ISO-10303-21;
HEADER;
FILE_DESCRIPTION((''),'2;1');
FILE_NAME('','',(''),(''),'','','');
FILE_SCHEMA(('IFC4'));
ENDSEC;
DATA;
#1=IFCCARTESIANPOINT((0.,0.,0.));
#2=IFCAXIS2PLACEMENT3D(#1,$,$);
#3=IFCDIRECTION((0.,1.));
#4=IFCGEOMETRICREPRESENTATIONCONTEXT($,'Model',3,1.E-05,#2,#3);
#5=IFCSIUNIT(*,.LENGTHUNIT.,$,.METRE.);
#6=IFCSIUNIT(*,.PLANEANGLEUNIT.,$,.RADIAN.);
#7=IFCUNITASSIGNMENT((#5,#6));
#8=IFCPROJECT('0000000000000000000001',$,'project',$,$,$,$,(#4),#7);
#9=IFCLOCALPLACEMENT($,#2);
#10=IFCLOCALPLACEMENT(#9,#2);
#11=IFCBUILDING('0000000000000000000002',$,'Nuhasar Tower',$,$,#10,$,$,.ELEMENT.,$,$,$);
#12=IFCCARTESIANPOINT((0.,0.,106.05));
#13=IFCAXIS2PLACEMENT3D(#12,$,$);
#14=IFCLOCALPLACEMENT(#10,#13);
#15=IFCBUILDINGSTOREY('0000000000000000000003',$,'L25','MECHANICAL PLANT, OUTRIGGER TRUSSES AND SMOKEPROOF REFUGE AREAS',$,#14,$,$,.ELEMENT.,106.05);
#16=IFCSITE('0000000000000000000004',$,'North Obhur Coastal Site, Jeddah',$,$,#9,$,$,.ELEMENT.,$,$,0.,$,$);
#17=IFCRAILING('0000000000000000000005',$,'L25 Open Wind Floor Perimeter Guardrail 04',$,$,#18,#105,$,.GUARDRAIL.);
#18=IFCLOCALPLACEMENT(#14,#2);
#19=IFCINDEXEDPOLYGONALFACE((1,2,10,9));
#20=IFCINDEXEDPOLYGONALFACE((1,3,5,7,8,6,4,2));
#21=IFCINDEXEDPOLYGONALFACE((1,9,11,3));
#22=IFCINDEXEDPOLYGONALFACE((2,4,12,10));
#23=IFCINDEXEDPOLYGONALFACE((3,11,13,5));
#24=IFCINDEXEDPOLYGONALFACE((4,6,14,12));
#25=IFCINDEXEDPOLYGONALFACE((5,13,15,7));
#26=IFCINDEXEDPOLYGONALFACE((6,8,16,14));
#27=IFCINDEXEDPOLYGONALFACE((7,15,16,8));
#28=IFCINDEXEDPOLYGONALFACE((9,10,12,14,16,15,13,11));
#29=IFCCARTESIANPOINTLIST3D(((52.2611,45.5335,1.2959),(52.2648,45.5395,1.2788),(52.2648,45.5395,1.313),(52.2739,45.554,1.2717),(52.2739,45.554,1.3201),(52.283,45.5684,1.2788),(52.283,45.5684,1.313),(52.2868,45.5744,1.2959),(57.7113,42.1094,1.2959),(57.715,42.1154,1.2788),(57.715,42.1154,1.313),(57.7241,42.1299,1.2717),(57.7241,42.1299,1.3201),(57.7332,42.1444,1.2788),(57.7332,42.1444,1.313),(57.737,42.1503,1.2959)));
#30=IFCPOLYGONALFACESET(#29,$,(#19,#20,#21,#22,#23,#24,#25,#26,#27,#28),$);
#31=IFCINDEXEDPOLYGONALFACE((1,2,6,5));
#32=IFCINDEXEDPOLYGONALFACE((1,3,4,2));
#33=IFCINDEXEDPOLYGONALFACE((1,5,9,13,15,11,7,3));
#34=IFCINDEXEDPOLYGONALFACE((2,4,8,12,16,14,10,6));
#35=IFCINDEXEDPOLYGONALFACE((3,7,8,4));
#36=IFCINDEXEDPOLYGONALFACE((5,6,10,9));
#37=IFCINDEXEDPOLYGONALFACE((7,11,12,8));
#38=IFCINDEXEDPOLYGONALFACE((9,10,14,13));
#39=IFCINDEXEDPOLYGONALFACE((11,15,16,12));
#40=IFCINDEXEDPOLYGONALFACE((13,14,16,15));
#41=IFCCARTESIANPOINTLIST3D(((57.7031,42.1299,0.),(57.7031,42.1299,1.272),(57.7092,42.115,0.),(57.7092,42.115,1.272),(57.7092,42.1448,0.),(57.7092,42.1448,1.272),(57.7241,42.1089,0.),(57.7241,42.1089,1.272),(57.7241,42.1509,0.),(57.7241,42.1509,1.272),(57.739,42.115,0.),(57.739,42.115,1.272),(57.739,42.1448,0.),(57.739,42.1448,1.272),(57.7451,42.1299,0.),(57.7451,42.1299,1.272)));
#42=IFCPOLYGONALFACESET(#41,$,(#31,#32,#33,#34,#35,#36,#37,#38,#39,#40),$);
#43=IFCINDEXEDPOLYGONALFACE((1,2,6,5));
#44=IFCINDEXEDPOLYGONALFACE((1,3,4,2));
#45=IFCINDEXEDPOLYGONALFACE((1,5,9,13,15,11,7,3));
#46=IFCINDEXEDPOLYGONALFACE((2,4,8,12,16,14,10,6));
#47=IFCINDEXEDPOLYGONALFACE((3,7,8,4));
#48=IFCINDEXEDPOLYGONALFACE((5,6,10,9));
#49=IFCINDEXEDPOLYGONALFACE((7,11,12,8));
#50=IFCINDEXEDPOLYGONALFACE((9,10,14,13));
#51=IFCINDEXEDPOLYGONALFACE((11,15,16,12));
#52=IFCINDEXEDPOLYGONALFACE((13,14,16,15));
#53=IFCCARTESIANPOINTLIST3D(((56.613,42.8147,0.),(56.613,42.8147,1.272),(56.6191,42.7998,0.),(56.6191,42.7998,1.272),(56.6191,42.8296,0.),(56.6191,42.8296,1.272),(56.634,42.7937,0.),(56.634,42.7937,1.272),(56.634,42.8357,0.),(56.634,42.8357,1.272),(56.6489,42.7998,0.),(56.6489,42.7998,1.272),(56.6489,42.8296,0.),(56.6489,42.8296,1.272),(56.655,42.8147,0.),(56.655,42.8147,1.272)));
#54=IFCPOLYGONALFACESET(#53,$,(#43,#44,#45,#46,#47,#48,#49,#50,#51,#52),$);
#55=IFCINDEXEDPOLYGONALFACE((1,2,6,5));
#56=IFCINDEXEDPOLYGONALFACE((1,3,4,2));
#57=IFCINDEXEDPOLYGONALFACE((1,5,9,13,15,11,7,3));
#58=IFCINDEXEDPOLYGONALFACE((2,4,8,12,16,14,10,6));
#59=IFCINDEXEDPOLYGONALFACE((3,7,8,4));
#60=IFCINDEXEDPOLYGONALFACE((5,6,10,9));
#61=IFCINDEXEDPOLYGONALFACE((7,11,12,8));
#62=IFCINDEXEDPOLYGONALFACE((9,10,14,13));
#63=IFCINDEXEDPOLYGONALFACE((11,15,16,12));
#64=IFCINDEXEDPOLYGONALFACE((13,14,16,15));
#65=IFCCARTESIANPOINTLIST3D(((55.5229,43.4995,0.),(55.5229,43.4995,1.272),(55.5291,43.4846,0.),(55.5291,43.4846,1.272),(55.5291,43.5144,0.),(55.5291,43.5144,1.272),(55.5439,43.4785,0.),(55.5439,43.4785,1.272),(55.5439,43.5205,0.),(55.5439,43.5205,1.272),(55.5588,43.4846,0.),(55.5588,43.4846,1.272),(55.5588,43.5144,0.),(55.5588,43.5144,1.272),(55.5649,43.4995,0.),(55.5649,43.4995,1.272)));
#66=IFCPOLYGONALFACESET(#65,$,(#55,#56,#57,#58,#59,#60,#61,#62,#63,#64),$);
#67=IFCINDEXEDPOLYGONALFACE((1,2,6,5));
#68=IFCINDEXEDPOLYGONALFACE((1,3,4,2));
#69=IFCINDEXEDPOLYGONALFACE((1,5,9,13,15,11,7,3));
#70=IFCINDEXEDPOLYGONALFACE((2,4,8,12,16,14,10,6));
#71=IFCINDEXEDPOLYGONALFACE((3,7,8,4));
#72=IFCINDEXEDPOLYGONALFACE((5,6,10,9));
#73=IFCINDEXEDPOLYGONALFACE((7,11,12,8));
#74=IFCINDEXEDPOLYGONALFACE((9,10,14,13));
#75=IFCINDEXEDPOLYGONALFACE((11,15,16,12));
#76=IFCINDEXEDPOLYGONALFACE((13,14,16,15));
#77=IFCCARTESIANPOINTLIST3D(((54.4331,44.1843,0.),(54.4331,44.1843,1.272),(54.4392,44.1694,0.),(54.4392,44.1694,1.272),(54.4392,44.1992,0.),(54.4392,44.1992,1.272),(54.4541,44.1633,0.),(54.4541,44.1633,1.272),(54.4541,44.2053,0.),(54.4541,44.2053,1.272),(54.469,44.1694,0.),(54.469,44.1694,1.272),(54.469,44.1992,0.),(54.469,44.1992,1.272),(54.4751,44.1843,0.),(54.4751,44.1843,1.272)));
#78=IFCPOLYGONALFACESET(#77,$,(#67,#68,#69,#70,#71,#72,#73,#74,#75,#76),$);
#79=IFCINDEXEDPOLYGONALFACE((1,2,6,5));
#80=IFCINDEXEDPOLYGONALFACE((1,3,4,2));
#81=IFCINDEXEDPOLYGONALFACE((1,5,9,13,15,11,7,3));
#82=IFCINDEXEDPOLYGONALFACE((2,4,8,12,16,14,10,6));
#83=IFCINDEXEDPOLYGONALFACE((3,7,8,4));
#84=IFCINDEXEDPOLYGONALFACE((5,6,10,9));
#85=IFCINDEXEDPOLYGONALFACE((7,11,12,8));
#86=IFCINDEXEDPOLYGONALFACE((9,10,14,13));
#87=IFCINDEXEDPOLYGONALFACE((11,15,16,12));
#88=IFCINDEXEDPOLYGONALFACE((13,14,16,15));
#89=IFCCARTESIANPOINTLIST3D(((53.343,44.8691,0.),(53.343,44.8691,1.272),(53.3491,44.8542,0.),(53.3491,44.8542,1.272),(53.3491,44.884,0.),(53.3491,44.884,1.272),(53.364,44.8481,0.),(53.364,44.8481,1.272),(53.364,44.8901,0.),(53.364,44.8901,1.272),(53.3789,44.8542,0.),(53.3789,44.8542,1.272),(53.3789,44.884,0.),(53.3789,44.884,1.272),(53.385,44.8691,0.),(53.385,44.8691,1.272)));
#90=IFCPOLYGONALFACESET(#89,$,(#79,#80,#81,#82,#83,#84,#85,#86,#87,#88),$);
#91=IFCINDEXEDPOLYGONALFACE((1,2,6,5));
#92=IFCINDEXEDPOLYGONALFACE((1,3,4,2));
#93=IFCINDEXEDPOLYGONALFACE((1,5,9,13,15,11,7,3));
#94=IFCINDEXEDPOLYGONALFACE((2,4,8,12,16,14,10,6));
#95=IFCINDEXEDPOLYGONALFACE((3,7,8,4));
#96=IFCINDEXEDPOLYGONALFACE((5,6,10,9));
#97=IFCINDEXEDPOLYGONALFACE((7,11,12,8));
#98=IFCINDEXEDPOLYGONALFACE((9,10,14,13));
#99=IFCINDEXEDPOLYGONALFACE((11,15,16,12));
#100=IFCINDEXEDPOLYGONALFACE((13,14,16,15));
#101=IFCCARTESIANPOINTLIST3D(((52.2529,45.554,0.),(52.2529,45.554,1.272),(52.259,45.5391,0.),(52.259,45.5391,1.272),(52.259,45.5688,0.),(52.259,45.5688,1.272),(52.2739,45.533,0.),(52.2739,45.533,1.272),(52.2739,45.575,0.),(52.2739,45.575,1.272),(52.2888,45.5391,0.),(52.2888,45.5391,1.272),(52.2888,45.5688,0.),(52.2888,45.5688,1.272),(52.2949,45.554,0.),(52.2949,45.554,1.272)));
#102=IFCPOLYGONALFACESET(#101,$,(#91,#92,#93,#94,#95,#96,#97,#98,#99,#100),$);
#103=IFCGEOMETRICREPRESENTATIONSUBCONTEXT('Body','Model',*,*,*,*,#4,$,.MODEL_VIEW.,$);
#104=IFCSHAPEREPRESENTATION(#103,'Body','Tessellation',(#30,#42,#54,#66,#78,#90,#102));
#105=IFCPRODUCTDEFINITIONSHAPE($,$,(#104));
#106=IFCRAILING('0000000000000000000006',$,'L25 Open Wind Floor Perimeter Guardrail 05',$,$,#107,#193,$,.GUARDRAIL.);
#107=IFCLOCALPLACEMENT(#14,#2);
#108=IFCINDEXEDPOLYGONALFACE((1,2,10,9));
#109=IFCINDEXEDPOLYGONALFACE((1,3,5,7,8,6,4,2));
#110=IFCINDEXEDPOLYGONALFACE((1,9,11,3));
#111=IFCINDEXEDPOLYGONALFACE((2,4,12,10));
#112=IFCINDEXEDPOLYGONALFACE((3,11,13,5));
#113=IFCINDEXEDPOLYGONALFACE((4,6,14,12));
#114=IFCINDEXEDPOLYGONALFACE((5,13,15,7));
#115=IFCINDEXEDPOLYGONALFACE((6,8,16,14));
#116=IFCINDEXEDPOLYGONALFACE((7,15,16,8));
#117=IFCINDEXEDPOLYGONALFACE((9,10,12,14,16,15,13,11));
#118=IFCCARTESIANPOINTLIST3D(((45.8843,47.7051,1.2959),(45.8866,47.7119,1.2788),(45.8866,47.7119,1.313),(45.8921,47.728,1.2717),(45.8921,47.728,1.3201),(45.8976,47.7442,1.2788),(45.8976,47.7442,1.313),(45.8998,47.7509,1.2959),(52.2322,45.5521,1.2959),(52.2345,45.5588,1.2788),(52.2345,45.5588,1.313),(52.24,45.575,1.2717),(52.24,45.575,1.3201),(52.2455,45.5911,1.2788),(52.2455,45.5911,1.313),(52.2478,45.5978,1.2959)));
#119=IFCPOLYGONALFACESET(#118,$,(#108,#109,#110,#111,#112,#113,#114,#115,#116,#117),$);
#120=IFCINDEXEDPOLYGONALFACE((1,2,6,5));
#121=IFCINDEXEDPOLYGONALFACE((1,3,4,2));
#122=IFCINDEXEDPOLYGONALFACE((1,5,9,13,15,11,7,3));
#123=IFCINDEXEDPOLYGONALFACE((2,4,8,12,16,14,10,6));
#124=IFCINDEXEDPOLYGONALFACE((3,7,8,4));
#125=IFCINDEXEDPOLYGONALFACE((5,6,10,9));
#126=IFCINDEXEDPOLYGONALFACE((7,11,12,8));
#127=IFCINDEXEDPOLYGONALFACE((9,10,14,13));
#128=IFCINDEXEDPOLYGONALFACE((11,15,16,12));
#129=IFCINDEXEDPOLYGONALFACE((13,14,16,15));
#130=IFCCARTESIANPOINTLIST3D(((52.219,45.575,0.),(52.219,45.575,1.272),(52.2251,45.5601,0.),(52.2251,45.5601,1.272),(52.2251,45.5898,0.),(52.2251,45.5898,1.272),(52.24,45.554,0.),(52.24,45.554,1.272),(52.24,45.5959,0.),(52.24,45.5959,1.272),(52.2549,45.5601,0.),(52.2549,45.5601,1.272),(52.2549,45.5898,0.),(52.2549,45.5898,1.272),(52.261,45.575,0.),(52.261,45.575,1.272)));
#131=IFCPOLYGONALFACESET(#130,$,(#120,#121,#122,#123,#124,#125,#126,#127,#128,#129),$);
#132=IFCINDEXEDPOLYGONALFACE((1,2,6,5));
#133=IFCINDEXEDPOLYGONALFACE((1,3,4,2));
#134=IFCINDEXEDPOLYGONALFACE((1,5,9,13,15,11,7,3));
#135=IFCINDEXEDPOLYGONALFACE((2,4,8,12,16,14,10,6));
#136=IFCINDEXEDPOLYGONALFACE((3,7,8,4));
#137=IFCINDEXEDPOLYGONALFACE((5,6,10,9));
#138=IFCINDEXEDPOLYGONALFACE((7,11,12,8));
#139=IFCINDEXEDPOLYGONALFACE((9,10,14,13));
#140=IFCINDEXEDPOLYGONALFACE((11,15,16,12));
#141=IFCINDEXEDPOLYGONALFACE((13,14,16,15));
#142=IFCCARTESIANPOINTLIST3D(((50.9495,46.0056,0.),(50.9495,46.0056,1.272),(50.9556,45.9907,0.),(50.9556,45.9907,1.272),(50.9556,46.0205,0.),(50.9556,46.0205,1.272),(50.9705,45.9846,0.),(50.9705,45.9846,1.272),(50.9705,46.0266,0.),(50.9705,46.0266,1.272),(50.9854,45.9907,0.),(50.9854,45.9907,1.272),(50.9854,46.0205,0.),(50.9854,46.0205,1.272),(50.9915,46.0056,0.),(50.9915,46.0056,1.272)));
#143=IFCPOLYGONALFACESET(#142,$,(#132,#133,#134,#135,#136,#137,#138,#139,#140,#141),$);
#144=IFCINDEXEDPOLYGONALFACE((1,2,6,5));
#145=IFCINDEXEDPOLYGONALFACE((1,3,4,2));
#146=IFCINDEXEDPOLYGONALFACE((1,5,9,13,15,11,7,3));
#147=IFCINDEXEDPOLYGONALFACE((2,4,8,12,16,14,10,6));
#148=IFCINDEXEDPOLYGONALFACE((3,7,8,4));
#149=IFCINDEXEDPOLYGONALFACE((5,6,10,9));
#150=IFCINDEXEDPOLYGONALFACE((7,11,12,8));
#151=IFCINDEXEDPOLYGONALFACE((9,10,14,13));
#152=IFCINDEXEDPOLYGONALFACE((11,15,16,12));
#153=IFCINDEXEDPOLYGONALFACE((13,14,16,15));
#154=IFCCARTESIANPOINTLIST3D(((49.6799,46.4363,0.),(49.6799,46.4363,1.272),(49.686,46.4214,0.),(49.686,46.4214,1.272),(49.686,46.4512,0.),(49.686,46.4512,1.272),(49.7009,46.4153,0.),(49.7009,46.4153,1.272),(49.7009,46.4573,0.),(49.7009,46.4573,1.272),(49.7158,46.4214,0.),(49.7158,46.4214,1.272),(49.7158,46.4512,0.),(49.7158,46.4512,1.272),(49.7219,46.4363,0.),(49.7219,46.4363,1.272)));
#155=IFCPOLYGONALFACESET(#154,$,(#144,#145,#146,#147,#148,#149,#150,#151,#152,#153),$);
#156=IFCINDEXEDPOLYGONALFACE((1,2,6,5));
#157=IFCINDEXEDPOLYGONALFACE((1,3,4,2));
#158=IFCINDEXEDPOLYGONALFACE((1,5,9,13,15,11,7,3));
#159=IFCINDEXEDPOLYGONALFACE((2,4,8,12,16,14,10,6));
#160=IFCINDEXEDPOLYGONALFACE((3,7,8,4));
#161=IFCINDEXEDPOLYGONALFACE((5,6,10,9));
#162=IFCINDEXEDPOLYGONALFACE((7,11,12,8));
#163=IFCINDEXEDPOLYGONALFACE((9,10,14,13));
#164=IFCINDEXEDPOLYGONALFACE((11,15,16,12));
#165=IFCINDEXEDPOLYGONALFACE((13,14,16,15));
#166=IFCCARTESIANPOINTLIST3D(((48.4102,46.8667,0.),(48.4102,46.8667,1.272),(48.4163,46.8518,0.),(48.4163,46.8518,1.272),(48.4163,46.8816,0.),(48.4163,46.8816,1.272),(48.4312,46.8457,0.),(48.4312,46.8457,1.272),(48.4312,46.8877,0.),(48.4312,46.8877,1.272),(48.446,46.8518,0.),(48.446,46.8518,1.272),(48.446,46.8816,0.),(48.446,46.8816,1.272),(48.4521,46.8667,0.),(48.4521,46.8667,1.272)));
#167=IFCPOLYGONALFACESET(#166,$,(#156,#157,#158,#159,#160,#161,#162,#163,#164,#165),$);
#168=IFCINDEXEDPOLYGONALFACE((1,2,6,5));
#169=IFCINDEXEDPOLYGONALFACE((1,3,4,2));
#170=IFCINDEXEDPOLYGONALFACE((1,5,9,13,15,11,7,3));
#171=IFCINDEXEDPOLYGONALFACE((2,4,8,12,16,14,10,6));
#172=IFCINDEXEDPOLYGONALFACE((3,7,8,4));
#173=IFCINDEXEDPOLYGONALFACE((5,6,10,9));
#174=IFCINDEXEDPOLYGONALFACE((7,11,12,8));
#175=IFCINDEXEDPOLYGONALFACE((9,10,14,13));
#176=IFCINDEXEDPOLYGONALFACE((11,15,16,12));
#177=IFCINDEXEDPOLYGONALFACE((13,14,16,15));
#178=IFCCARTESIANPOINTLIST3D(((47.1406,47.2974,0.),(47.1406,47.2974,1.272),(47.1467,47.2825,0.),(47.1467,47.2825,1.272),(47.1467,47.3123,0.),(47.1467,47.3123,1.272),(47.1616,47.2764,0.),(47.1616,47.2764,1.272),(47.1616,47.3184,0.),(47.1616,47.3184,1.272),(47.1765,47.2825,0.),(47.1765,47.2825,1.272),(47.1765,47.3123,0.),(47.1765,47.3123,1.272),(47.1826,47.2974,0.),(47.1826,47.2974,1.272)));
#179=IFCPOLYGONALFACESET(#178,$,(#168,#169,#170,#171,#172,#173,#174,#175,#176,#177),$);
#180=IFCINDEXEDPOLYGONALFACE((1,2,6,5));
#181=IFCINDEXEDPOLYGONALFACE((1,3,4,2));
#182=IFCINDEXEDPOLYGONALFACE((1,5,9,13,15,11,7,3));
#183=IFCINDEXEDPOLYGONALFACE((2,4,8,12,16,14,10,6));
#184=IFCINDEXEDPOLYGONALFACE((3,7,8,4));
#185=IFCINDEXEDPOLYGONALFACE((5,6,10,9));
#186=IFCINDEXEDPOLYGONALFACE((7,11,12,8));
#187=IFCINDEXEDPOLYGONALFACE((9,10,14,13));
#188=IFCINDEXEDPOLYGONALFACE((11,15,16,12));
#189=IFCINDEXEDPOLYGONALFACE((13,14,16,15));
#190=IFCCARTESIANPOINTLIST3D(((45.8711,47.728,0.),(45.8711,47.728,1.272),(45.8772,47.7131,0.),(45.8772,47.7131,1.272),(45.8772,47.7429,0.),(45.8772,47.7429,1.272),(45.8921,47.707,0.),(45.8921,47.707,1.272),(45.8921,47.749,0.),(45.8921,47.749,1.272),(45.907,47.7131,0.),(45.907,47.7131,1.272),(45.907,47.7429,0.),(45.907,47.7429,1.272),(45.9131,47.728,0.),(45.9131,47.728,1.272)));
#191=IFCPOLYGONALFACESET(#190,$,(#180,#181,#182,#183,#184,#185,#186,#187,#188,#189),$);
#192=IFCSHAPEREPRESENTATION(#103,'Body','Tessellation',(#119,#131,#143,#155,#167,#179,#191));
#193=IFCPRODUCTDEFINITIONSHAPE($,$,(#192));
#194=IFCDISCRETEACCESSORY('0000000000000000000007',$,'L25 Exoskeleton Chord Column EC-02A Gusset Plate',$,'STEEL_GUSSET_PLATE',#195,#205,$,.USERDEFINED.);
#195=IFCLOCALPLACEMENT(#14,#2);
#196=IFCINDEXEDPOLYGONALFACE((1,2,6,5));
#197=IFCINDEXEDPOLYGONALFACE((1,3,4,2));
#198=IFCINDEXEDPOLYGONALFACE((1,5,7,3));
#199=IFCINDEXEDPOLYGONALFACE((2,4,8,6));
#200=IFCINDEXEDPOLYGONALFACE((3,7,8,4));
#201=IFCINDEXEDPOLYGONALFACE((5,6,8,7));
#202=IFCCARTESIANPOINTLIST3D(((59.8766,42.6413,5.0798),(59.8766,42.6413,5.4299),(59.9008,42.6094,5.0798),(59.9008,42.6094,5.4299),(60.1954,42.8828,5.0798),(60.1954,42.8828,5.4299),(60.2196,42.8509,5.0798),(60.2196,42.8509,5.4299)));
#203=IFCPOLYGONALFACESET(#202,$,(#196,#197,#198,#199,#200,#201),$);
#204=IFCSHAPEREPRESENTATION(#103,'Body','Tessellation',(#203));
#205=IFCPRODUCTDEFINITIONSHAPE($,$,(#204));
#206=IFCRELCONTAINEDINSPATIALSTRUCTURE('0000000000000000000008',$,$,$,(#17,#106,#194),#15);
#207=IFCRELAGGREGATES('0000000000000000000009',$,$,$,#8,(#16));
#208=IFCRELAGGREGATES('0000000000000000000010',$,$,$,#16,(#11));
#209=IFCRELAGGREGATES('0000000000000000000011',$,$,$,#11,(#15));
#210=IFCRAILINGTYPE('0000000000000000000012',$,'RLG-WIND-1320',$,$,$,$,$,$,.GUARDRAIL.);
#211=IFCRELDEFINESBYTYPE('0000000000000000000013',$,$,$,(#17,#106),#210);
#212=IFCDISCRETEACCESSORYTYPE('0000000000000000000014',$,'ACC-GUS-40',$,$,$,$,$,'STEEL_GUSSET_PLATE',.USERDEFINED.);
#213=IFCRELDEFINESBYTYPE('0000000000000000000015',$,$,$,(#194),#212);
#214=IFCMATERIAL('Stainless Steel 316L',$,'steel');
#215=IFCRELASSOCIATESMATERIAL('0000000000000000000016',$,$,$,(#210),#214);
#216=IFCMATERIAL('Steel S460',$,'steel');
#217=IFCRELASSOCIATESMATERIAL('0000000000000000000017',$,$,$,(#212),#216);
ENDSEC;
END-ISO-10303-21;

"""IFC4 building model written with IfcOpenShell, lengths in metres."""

from ifc_helpers import new_model, si_unit, direction, frame, origin, origin_2d, place, context, subcontext, project, spatial, polyline, rectangle, outline, extrude, material, type_object, element, save


model = new_model("IFC4")

# Units and contexts
model_context = context("Model", 3, precision=1e-05, world=origin(), true_north=direction((0.0, 1.0)))
body_context = subcontext(model_context, "Body", "Model", "MODEL_VIEW")
ifc_project = project(units=[si_unit("LENGTHUNIT", "METRE"), si_unit("PLANEANGLEUNIT", "RADIAN")], contexts=[model_context])

# Site, building, storey
site_placement = place(None, origin())
site = spatial("IfcSite", under=ifc_project, at=site_placement, Name="North Obhur Coastal Site, Jeddah", CompositionType="ELEMENT", RefElevation=0.0)
building_placement = place(site_placement, origin())
building = spatial("IfcBuilding", under=site, at=building_placement, Name="Nuhasar Tower", CompositionType="ELEMENT")
storey_placement = place(building_placement, frame((0.0, 0.0, 106.05)))
storey = spatial("IfcBuildingStorey", under=building, at=storey_placement, Name="L25", Description="MECHANICAL PLANT, OUTRIGGER TRUSSES AND SMOKEPROOF REFUGE AREAS", CompositionType="ELEMENT", Elevation=106.05)

# Shared definitions
ifc_material_1 = material(Name="Steel S460", Category="steel")

# Railings
ifc_material_2 = material(Name="Stainless Steel 316L", Category="steel")
railing_type = type_object("IfcRailingType", Name="RLG-WIND-1320", PredefinedType="GUARDRAIL", material=ifc_material_2)
railing_1_placement = place(storey_placement, frame((57.7241, 42.1299, 0.0)))
element("IfcRailing", 1, at=railing_1_placement, inside=storey, type_object=railing_type, Name="L25 Open Wind Floor Perimeter Guardrail 04", PredefinedType="GUARDRAIL", context=body_context, shape_type="SweptSolid", body=[
    extrude(outline(polyline([(0.0242, 0.0), (0.0171, 0.0171), (0.0, 0.0242), (-0.0171, 0.0171), (-0.0242, 0.0), (-0.0171, -0.0171), (0.0, -0.0242), (0.0171, -0.0171), (0.0242, 0.0)])), frame((0.0, 0.0, 1.2959), z_axis=(-0.84676, 0.531975, 0.0), x_axis=(-0.531975, -0.84676, 0.0)), (0.0, 0.0, 1.0), 6.4365),
    extrude(outline(polyline([(0.021, 0.0), (0.0149, 0.0149), (0.0, 0.021), (-0.0149, 0.0149), (-0.021, 0.0), (-0.0149, -0.0149), (0.0, -0.021), (0.0149, -0.0149), (0.021, 0.0)])), origin(), (0.0, 0.0, 1.0), 1.272),
    extrude(outline(polyline([(0.021, 0.0), (0.0149, 0.0149), (0.0, 0.021), (-0.0149, 0.0149), (-0.021, 0.0), (-0.0149, -0.0149), (0.0, -0.021), (0.0149, -0.0149), (0.021, 0.0)])), frame((-1.0901, 0.6848, 0.0)), (0.0, 0.0, 1.0), 1.272),
    extrude(outline(polyline([(0.021, 0.0), (0.0149, 0.0149), (0.0, 0.021), (-0.0149, 0.0149), (-0.021, 0.0), (-0.0149, -0.0149), (0.0, -0.021), (0.0149, -0.0149), (0.021, 0.0)])), frame((-2.1802, 1.3696, 0.0)), (0.0, 0.0, 1.0), 1.272),
    extrude(outline(polyline([(0.021, 0.0), (0.0149, 0.0149), (0.0, 0.021), (-0.0149, 0.0149), (-0.021, 0.0), (-0.0149, -0.0149), (0.0, -0.021), (0.0149, -0.0149), (0.021, 0.0)])), frame((-3.27, 2.0544, 0.0)), (0.0, 0.0, 1.0), 1.272),
    extrude(outline(polyline([(0.021, 0.0), (0.0149, 0.0149), (0.0, 0.021), (-0.0149, 0.0149), (-0.021, 0.0), (-0.0149, -0.0149), (0.0, -0.021), (0.0149, -0.0149), (0.021, 0.0)])), frame((-4.3601, 2.7393, 0.0)), (0.0, 0.0, 1.0), 1.272),
    extrude(outline(polyline([(0.021, 0.0), (0.0149, 0.0149), (0.0, 0.021), (-0.0149, 0.0149), (-0.021, 0.0), (-0.0149, -0.0149), (0.0, -0.021), (0.0149, -0.0149), (0.021, 0.0)])), frame((-5.4502, 3.4241, 0.0)), (0.0, 0.0, 1.0), 1.272),
])
railing_2_placement = place(storey_placement, frame((52.24, 45.575, 0.0)))
element("IfcRailing", 2, at=railing_2_placement, inside=storey, type_object=railing_type, Name="L25 Open Wind Floor Perimeter Guardrail 05", PredefinedType="GUARDRAIL", context=body_context, shape_type="SweptSolid", body=[
    extrude(outline(polyline([(0.0242, 0.0), (0.0171, 0.0171), (0.0, 0.0242), (-0.0171, 0.0171), (-0.0242, 0.0), (-0.0171, -0.0171), (0.0, -0.0242), (0.0171, -0.0171), (0.0242, 0.0)])), frame((0.0, 0.0, 1.2959), z_axis=(-0.947009, 0.321206, 0.0), x_axis=(-0.321206, -0.947009, 0.0)), (0.0, 0.0, 1.0), 6.7031),
    extrude(outline(polyline([(0.021, 0.0), (0.0149, 0.0149), (0.0, 0.021), (-0.0149, 0.0149), (-0.021, 0.0), (-0.0149, -0.0149), (0.0, -0.021), (0.0149, -0.0149), (0.021, 0.0)])), origin(), (0.0, 0.0, 1.0), 1.272),
    extrude(outline(polyline([(0.021, 0.0), (0.0149, 0.0149), (0.0, 0.021), (-0.0149, 0.0149), (-0.021, 0.0), (-0.0149, -0.0149), (0.0, -0.021), (0.0149, -0.0149), (0.021, 0.0)])), frame((-1.2695, 0.4307, 0.0)), (0.0, 0.0, 1.0), 1.272),
    extrude(outline(polyline([(0.021, 0.0), (0.0149, 0.0149), (0.0, 0.021), (-0.0149, 0.0149), (-0.021, 0.0), (-0.0149, -0.0149), (0.0, -0.021), (0.0149, -0.0149), (0.021, 0.0)])), frame((-2.5391, 0.8613, 0.0)), (0.0, 0.0, 1.0), 1.272),
    extrude(outline(polyline([(0.021, 0.0), (0.0149, 0.0149), (0.0, 0.021), (-0.0149, 0.0149), (-0.021, 0.0), (-0.0149, -0.0149), (0.0, -0.021), (0.0149, -0.0149), (0.021, 0.0)])), frame((-3.8088, 1.2917, 0.0)), (0.0, 0.0, 1.0), 1.272),
    extrude(outline(polyline([(0.021, 0.0), (0.0149, 0.0149), (0.0, 0.021), (-0.0149, 0.0149), (-0.021, 0.0), (-0.0149, -0.0149), (0.0, -0.021), (0.0149, -0.0149), (0.021, 0.0)])), frame((-5.0784, 1.7224, 0.0)), (0.0, 0.0, 1.0), 1.272),
    extrude(outline(polyline([(0.021, 0.0), (0.0149, 0.0149), (0.0, 0.021), (-0.0149, 0.0149), (-0.021, 0.0), (-0.0149, -0.0149), (0.0, -0.021), (0.0149, -0.0149), (0.021, 0.0)])), frame((-6.3479, 2.1531, 0.0)), (0.0, 0.0, 1.0), 1.272),
])

# Discrete accessory
discrete_accessory_type = type_object("IfcDiscreteAccessoryType", Name="ACC-GUS-40", ElementType="STEEL_GUSSET_PLATE", PredefinedType="USERDEFINED", material=ifc_material_1)
for number, where, z_axis, x_axis, name in (
    (3, (60.0481, 42.7461, 5.0798), (0.0, 0.0, 1.0), (0.797078, 0.603876, 0.0), "L25 Exoskeleton Chord Column EC-02A Gusset Plate"),
):
    element("IfcDiscreteAccessory", number, at=place(storey_placement, frame(where, z_axis=z_axis, x_axis=x_axis)), inside=storey, type_object=discrete_accessory_type, Name=name, ObjectType="STEEL_GUSSET_PLATE", PredefinedType="USERDEFINED", context=body_context, shape_type="SweptSolid", body=[
        extrude(rectangle(XDim=0.3999, YDim=0.04, at=origin_2d()), origin(), (0.0, 0.0, 1.0), 0.3501),
    ])

save(model, "model.ifc")
